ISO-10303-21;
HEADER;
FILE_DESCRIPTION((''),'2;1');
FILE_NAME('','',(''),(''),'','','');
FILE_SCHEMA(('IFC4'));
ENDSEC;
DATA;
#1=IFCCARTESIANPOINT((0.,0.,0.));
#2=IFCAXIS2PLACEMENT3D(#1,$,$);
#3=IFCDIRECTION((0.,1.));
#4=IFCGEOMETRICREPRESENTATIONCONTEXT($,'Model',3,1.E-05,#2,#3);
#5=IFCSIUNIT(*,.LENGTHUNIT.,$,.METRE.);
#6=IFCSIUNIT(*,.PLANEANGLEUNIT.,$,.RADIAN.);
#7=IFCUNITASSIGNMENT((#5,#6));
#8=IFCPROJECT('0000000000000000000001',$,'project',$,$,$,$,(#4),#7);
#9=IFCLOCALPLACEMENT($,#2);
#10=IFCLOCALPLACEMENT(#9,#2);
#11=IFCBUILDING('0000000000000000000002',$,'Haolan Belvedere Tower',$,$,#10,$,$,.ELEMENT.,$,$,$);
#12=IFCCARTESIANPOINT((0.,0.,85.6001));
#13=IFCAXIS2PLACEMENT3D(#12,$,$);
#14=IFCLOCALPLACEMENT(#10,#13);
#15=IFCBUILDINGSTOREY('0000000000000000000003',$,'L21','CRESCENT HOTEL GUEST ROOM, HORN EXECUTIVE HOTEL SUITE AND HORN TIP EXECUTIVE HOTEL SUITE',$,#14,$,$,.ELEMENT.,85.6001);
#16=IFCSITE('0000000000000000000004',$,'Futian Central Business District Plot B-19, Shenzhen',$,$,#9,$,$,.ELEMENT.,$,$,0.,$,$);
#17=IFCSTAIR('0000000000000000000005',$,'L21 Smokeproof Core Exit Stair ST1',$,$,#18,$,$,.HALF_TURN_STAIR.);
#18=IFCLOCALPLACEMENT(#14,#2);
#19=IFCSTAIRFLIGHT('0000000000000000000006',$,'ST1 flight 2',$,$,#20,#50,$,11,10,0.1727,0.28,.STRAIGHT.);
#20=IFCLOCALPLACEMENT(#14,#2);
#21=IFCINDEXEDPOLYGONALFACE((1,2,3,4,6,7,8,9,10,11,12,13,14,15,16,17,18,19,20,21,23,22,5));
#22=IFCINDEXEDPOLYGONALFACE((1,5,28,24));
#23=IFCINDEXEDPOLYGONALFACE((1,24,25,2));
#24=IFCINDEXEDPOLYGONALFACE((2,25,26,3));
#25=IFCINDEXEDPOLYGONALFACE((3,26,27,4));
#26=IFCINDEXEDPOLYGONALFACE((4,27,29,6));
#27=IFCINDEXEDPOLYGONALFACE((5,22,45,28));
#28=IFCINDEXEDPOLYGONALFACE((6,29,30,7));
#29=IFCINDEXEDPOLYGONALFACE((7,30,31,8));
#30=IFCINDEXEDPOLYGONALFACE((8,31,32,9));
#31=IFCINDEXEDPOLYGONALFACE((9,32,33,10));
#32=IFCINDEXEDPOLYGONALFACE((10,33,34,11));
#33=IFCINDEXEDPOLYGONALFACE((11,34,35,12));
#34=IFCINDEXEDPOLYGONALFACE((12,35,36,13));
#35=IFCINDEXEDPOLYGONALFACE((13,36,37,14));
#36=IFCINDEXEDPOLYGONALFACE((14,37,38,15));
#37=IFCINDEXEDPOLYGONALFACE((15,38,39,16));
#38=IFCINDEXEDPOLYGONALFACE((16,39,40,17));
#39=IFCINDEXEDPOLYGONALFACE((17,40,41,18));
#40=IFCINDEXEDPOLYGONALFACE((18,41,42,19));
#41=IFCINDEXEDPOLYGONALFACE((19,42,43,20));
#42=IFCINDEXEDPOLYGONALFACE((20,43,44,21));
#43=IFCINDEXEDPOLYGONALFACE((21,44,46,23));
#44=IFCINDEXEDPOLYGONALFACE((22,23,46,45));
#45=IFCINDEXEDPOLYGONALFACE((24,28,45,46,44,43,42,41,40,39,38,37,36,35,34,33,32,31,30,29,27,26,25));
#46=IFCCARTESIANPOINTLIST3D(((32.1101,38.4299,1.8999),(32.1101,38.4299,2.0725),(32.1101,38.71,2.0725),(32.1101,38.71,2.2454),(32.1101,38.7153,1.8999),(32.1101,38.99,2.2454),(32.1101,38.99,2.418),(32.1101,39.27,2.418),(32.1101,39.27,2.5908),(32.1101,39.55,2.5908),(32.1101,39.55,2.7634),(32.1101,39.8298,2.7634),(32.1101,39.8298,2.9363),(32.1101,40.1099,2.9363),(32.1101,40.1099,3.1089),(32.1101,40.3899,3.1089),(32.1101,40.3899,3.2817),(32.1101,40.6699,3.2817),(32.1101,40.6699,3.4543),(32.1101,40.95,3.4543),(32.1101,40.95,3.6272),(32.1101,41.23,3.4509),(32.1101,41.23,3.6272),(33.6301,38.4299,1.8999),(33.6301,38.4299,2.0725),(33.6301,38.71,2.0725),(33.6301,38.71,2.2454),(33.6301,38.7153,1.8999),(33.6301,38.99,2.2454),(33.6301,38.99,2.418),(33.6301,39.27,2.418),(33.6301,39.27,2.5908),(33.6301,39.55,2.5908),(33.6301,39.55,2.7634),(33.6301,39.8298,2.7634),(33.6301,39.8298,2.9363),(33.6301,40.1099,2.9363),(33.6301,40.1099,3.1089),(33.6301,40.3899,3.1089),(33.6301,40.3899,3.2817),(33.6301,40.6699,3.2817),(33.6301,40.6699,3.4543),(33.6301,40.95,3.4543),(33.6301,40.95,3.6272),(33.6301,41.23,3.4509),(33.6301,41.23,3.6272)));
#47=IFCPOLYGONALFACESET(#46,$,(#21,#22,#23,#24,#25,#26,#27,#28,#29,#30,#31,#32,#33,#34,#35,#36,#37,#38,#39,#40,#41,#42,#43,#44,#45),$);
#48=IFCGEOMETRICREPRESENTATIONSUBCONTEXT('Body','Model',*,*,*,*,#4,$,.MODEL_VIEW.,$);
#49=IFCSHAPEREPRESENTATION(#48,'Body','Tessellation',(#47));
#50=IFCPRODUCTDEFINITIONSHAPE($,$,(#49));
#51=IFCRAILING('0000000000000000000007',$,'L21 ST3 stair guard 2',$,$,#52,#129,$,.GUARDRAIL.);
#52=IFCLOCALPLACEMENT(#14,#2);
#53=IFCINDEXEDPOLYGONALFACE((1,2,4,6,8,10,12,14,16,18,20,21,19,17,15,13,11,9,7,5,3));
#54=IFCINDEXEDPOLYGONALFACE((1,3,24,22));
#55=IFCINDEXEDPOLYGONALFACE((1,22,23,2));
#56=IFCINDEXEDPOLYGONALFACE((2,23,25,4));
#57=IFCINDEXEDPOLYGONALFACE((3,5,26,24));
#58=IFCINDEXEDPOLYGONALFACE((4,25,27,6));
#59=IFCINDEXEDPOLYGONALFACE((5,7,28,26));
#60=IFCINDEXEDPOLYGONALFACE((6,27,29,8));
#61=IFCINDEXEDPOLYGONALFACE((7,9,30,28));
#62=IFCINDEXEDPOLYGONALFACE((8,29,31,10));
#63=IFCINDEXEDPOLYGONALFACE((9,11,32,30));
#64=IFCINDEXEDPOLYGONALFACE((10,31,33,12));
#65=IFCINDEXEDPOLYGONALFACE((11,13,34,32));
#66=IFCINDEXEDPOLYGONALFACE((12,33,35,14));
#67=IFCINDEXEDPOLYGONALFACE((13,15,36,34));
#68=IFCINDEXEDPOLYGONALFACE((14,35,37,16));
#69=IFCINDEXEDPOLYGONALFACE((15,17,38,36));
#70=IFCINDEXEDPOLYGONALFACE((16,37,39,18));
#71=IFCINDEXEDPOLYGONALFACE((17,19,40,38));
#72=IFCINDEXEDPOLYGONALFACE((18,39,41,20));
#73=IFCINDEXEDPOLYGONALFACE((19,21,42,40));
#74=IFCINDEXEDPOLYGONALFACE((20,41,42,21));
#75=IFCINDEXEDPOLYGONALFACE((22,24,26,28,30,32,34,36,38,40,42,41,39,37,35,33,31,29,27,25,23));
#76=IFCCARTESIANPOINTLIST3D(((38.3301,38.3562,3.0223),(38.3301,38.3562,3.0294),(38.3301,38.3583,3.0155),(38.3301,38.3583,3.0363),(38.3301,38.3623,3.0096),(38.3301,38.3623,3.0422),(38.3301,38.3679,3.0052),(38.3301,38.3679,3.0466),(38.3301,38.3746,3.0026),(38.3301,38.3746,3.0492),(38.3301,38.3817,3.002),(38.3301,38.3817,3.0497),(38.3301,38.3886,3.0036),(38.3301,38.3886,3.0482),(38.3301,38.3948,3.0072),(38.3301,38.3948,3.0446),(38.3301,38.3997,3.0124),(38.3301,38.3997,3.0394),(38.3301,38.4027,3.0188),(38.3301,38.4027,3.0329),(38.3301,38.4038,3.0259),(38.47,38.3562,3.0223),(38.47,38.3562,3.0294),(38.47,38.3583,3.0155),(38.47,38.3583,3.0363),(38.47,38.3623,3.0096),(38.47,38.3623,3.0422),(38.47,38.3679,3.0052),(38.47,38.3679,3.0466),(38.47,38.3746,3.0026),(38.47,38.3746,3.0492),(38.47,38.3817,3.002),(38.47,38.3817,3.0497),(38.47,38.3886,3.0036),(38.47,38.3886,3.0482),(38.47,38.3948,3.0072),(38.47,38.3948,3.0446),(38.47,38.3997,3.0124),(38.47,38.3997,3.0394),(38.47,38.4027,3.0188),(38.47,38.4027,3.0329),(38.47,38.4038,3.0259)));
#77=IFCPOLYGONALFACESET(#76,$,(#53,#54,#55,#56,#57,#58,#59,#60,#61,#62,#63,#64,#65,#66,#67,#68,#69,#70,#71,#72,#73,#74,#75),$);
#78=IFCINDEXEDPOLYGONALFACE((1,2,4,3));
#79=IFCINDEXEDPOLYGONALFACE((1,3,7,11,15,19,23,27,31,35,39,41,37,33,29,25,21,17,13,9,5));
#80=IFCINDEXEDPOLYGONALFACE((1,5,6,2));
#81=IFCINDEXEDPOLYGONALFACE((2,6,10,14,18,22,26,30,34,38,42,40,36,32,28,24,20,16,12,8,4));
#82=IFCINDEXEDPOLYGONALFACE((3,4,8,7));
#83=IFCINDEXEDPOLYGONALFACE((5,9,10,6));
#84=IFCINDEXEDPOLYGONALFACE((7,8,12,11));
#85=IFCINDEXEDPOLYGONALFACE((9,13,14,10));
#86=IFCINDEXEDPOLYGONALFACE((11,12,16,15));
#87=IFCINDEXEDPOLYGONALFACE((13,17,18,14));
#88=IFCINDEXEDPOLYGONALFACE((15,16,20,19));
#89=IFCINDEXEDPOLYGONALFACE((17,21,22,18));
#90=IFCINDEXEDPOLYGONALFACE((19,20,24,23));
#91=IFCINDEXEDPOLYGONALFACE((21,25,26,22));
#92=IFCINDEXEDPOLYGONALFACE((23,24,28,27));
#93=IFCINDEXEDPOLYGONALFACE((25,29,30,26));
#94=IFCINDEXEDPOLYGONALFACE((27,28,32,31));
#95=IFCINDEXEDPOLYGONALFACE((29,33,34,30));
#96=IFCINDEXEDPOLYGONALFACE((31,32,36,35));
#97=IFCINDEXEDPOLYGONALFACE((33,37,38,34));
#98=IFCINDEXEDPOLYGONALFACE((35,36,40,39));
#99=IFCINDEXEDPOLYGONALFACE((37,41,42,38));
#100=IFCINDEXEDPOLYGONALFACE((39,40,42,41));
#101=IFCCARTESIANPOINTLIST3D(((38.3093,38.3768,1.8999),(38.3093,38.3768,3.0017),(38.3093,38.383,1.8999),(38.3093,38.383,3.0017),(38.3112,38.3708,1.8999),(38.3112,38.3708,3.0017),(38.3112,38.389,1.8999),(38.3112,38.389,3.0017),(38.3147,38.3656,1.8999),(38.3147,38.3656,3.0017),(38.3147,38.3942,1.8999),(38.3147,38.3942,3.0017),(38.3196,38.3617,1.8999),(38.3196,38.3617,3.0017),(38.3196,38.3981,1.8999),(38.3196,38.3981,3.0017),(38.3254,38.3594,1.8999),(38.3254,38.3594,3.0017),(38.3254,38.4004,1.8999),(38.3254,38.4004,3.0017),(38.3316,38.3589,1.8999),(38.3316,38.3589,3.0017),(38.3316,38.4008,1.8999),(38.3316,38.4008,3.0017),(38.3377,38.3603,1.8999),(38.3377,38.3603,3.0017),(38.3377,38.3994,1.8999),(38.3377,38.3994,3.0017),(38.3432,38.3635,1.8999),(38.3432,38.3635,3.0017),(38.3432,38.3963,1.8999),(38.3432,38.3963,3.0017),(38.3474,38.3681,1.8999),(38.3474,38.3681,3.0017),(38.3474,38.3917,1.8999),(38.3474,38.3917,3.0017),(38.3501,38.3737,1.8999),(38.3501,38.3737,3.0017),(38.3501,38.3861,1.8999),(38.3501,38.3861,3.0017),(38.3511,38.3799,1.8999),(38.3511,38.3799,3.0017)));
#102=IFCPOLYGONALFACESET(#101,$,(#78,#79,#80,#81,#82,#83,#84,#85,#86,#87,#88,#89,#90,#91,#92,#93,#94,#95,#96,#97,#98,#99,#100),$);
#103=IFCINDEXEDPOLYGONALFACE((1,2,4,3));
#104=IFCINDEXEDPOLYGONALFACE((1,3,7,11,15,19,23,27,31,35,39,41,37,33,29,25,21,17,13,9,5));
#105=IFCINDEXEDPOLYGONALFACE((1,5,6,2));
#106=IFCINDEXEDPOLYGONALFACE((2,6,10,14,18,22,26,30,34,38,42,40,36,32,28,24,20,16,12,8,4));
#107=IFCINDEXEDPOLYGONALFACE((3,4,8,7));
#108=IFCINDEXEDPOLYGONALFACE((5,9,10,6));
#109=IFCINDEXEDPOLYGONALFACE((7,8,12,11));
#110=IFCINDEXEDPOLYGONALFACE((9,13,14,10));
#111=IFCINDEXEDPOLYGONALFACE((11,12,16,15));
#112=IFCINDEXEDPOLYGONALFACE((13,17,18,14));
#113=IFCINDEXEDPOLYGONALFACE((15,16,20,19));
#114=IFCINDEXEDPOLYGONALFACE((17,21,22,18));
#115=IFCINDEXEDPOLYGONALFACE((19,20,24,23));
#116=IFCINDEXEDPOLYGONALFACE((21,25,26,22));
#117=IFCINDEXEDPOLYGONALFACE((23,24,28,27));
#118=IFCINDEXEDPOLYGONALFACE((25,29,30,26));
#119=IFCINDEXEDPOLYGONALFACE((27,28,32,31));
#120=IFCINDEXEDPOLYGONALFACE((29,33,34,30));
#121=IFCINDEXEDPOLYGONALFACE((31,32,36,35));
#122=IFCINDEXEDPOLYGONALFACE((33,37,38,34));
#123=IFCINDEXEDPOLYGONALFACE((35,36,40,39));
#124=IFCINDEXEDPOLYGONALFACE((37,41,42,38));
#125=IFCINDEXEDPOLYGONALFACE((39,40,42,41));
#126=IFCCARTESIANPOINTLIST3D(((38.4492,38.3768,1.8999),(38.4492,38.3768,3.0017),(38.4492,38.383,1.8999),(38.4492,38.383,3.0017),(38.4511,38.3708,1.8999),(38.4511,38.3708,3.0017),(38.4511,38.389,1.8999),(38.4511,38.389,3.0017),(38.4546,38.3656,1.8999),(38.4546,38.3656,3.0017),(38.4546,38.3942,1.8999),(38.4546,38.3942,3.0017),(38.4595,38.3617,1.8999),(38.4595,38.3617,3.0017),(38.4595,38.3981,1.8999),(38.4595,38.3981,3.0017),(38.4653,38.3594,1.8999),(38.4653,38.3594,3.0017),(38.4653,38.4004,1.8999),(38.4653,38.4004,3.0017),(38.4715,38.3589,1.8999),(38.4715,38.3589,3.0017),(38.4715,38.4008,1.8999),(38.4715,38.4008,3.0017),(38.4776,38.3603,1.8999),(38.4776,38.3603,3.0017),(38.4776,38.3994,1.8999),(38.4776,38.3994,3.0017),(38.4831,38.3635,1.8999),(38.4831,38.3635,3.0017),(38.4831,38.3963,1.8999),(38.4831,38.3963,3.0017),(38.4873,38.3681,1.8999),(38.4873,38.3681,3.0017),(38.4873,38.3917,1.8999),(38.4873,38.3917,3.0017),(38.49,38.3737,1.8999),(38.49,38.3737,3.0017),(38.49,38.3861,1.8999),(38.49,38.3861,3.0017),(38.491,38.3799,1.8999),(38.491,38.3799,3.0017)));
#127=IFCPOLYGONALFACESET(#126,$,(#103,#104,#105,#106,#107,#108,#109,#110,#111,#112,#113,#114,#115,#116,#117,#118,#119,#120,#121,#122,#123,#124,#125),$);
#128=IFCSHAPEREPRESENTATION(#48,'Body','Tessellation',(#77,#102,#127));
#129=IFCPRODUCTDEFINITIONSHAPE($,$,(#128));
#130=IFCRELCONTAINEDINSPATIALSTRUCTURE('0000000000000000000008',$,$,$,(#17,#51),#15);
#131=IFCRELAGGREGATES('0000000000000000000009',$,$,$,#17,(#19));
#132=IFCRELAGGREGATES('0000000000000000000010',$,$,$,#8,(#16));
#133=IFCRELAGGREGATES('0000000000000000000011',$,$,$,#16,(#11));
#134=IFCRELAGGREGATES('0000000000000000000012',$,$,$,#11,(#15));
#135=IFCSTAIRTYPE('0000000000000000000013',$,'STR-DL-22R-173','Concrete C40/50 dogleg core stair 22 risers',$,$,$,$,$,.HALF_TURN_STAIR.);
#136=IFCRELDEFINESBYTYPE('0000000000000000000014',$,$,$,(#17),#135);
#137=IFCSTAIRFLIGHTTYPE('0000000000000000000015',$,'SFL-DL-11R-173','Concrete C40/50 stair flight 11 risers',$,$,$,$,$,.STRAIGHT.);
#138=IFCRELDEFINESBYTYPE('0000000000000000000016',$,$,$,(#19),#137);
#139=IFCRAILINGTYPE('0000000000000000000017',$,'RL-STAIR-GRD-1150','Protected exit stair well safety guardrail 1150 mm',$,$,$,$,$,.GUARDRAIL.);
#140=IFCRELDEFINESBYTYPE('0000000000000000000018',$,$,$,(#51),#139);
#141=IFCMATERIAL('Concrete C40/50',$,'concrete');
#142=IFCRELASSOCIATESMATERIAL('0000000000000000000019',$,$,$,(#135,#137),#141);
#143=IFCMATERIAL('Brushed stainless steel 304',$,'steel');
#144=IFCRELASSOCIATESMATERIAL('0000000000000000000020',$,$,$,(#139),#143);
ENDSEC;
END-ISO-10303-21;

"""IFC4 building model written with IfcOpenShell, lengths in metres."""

from ifc_helpers import new_model, si_unit, direction, frame, origin, origin_2d, place, context, subcontext, project, spatial, polyline, circle, outline, extrude, material, type_object, element, aggregate, save


model = new_model("IFC4")

# Units and contexts
model_context = context("Model", 3, precision=1e-05, world=origin(), true_north=direction((0.0, 1.0)))
body_context = subcontext(model_context, "Body", "Model", "MODEL_VIEW")
ifc_project = project(units=[si_unit("LENGTHUNIT", "METRE"), si_unit("PLANEANGLEUNIT", "RADIAN")], contexts=[model_context])

# Site, building, storey
site_placement = place(None, origin())
site = spatial("IfcSite", under=ifc_project, at=site_placement, Name="Futian Central Business District Plot B-19, Shenzhen", CompositionType="ELEMENT", RefElevation=0.0)
building_placement = place(site_placement, origin())
building = spatial("IfcBuilding", under=site, at=building_placement, Name="Haolan Belvedere Tower", CompositionType="ELEMENT")
storey_placement = place(building_placement, frame((0.0, 0.0, 85.6001)))
storey = spatial("IfcBuildingStorey", under=building, at=storey_placement, Name="L21", Description="CRESCENT HOTEL GUEST ROOM, HORN EXECUTIVE HOTEL SUITE AND HORN TIP EXECUTIVE HOTEL SUITE", CompositionType="ELEMENT", Elevation=85.6001)

# Stair, stair flight
ifc_material_1 = material(Name="Concrete C40/50", Category="concrete")
stair_type = type_object("IfcStairType", Name="STR-DL-22R-173", Description="Concrete C40/50 dogleg core stair 22 risers", PredefinedType="HALF_TURN_STAIR", material=ifc_material_1)
stair_placement = place(storey_placement, origin())
stair = element("IfcStair", 1, at=stair_placement, inside=storey, type_object=stair_type, Name="L21 Smokeproof Core Exit Stair ST1", PredefinedType="HALF_TURN_STAIR")
stair_flight_type = type_object("IfcStairFlightType", Name="SFL-DL-11R-173", Description="Concrete C40/50 stair flight 11 risers", PredefinedType="STRAIGHT", material=ifc_material_1)
stair_flight_placement = place(storey_placement, frame((32.8701, 38.4299, 1.8999), z_axis=(0.0, 0.0, 1.0), x_axis=(0.0, 1.0, 0.0)))
stair_flight = element("IfcStairFlight", 2, at=stair_flight_placement, type_object=stair_flight_type, Name="ST1 flight 2", NumberOfRisers=11, NumberOfTreads=10, PredefinedType="STRAIGHT", RiserHeight=0.1727, TreadLength=0.28, context=body_context, shape_type="SweptSolid", body=[
    extrude(outline(polyline([(0.0, 0.0), (0.0, 0.1726), (0.28, 0.1726), (0.28, 0.3455), (0.5601, 0.3455), (0.5601, 0.5181), (0.8401, 0.5181), (0.8401, 0.6909), (1.1201, 0.6909), (1.1201, 0.8635), (1.3999, 0.8635), (1.3999, 1.0364), (1.6799, 1.0364), (1.6799, 1.209), (1.96, 1.209), (1.96, 1.3818), (2.24, 1.3818), (2.24, 1.5544), (2.52, 1.5544), (2.52, 1.7273), (2.8, 1.7273), (2.8, 1.8999), (2.8, 1.551), (0.2854, 0.0), (0.0, 0.0)])), frame((0.0, 0.76, 0.0), z_axis=(0.0, -1.0, 0.0), x_axis=(1.0, 0.0, 0.0)), (0.0, 0.0, 1.0), 1.52),
])
aggregate(stair, [stair_flight])

# Railing
ifc_material_2 = material(Name="Brushed stainless steel 304", Category="steel")
railing_type_1 = type_object("IfcRailingType", Name="RL-STAIR-GRD-1150", Description="Protected exit stair well safety guardrail 1150 mm", PredefinedType="GUARDRAIL", material=ifc_material_2)
railing_1_placement = place(storey_placement, frame((38.3301, 38.3799, 1.8999)))
element("IfcRailing", 3, at=railing_1_placement, inside=storey, type_object=railing_type_1, Name="L21 ST3 stair guard 2", PredefinedType="GUARDRAIL", context=body_context, shape_type="SweptSolid", body=[
    extrude(circle(Radius=0.0239, at=origin_2d()), frame((0.0, 0.0, 1.126), z_axis=(1.0, 0.0, 0.0), x_axis=(0.0, 1.0, 0.0)), (0.0, 0.0, 1.0), 0.1399),
    extrude(circle(Radius=0.021, at=origin_2d()), origin(), (0.0, 0.0, 1.0), 1.1018),
    extrude(circle(Radius=0.021, at=origin_2d()), frame((0.1399, 0.0, 0.0)), (0.0, 0.0, 1.0), 1.1018),
])

save(model, "model.ifc")
